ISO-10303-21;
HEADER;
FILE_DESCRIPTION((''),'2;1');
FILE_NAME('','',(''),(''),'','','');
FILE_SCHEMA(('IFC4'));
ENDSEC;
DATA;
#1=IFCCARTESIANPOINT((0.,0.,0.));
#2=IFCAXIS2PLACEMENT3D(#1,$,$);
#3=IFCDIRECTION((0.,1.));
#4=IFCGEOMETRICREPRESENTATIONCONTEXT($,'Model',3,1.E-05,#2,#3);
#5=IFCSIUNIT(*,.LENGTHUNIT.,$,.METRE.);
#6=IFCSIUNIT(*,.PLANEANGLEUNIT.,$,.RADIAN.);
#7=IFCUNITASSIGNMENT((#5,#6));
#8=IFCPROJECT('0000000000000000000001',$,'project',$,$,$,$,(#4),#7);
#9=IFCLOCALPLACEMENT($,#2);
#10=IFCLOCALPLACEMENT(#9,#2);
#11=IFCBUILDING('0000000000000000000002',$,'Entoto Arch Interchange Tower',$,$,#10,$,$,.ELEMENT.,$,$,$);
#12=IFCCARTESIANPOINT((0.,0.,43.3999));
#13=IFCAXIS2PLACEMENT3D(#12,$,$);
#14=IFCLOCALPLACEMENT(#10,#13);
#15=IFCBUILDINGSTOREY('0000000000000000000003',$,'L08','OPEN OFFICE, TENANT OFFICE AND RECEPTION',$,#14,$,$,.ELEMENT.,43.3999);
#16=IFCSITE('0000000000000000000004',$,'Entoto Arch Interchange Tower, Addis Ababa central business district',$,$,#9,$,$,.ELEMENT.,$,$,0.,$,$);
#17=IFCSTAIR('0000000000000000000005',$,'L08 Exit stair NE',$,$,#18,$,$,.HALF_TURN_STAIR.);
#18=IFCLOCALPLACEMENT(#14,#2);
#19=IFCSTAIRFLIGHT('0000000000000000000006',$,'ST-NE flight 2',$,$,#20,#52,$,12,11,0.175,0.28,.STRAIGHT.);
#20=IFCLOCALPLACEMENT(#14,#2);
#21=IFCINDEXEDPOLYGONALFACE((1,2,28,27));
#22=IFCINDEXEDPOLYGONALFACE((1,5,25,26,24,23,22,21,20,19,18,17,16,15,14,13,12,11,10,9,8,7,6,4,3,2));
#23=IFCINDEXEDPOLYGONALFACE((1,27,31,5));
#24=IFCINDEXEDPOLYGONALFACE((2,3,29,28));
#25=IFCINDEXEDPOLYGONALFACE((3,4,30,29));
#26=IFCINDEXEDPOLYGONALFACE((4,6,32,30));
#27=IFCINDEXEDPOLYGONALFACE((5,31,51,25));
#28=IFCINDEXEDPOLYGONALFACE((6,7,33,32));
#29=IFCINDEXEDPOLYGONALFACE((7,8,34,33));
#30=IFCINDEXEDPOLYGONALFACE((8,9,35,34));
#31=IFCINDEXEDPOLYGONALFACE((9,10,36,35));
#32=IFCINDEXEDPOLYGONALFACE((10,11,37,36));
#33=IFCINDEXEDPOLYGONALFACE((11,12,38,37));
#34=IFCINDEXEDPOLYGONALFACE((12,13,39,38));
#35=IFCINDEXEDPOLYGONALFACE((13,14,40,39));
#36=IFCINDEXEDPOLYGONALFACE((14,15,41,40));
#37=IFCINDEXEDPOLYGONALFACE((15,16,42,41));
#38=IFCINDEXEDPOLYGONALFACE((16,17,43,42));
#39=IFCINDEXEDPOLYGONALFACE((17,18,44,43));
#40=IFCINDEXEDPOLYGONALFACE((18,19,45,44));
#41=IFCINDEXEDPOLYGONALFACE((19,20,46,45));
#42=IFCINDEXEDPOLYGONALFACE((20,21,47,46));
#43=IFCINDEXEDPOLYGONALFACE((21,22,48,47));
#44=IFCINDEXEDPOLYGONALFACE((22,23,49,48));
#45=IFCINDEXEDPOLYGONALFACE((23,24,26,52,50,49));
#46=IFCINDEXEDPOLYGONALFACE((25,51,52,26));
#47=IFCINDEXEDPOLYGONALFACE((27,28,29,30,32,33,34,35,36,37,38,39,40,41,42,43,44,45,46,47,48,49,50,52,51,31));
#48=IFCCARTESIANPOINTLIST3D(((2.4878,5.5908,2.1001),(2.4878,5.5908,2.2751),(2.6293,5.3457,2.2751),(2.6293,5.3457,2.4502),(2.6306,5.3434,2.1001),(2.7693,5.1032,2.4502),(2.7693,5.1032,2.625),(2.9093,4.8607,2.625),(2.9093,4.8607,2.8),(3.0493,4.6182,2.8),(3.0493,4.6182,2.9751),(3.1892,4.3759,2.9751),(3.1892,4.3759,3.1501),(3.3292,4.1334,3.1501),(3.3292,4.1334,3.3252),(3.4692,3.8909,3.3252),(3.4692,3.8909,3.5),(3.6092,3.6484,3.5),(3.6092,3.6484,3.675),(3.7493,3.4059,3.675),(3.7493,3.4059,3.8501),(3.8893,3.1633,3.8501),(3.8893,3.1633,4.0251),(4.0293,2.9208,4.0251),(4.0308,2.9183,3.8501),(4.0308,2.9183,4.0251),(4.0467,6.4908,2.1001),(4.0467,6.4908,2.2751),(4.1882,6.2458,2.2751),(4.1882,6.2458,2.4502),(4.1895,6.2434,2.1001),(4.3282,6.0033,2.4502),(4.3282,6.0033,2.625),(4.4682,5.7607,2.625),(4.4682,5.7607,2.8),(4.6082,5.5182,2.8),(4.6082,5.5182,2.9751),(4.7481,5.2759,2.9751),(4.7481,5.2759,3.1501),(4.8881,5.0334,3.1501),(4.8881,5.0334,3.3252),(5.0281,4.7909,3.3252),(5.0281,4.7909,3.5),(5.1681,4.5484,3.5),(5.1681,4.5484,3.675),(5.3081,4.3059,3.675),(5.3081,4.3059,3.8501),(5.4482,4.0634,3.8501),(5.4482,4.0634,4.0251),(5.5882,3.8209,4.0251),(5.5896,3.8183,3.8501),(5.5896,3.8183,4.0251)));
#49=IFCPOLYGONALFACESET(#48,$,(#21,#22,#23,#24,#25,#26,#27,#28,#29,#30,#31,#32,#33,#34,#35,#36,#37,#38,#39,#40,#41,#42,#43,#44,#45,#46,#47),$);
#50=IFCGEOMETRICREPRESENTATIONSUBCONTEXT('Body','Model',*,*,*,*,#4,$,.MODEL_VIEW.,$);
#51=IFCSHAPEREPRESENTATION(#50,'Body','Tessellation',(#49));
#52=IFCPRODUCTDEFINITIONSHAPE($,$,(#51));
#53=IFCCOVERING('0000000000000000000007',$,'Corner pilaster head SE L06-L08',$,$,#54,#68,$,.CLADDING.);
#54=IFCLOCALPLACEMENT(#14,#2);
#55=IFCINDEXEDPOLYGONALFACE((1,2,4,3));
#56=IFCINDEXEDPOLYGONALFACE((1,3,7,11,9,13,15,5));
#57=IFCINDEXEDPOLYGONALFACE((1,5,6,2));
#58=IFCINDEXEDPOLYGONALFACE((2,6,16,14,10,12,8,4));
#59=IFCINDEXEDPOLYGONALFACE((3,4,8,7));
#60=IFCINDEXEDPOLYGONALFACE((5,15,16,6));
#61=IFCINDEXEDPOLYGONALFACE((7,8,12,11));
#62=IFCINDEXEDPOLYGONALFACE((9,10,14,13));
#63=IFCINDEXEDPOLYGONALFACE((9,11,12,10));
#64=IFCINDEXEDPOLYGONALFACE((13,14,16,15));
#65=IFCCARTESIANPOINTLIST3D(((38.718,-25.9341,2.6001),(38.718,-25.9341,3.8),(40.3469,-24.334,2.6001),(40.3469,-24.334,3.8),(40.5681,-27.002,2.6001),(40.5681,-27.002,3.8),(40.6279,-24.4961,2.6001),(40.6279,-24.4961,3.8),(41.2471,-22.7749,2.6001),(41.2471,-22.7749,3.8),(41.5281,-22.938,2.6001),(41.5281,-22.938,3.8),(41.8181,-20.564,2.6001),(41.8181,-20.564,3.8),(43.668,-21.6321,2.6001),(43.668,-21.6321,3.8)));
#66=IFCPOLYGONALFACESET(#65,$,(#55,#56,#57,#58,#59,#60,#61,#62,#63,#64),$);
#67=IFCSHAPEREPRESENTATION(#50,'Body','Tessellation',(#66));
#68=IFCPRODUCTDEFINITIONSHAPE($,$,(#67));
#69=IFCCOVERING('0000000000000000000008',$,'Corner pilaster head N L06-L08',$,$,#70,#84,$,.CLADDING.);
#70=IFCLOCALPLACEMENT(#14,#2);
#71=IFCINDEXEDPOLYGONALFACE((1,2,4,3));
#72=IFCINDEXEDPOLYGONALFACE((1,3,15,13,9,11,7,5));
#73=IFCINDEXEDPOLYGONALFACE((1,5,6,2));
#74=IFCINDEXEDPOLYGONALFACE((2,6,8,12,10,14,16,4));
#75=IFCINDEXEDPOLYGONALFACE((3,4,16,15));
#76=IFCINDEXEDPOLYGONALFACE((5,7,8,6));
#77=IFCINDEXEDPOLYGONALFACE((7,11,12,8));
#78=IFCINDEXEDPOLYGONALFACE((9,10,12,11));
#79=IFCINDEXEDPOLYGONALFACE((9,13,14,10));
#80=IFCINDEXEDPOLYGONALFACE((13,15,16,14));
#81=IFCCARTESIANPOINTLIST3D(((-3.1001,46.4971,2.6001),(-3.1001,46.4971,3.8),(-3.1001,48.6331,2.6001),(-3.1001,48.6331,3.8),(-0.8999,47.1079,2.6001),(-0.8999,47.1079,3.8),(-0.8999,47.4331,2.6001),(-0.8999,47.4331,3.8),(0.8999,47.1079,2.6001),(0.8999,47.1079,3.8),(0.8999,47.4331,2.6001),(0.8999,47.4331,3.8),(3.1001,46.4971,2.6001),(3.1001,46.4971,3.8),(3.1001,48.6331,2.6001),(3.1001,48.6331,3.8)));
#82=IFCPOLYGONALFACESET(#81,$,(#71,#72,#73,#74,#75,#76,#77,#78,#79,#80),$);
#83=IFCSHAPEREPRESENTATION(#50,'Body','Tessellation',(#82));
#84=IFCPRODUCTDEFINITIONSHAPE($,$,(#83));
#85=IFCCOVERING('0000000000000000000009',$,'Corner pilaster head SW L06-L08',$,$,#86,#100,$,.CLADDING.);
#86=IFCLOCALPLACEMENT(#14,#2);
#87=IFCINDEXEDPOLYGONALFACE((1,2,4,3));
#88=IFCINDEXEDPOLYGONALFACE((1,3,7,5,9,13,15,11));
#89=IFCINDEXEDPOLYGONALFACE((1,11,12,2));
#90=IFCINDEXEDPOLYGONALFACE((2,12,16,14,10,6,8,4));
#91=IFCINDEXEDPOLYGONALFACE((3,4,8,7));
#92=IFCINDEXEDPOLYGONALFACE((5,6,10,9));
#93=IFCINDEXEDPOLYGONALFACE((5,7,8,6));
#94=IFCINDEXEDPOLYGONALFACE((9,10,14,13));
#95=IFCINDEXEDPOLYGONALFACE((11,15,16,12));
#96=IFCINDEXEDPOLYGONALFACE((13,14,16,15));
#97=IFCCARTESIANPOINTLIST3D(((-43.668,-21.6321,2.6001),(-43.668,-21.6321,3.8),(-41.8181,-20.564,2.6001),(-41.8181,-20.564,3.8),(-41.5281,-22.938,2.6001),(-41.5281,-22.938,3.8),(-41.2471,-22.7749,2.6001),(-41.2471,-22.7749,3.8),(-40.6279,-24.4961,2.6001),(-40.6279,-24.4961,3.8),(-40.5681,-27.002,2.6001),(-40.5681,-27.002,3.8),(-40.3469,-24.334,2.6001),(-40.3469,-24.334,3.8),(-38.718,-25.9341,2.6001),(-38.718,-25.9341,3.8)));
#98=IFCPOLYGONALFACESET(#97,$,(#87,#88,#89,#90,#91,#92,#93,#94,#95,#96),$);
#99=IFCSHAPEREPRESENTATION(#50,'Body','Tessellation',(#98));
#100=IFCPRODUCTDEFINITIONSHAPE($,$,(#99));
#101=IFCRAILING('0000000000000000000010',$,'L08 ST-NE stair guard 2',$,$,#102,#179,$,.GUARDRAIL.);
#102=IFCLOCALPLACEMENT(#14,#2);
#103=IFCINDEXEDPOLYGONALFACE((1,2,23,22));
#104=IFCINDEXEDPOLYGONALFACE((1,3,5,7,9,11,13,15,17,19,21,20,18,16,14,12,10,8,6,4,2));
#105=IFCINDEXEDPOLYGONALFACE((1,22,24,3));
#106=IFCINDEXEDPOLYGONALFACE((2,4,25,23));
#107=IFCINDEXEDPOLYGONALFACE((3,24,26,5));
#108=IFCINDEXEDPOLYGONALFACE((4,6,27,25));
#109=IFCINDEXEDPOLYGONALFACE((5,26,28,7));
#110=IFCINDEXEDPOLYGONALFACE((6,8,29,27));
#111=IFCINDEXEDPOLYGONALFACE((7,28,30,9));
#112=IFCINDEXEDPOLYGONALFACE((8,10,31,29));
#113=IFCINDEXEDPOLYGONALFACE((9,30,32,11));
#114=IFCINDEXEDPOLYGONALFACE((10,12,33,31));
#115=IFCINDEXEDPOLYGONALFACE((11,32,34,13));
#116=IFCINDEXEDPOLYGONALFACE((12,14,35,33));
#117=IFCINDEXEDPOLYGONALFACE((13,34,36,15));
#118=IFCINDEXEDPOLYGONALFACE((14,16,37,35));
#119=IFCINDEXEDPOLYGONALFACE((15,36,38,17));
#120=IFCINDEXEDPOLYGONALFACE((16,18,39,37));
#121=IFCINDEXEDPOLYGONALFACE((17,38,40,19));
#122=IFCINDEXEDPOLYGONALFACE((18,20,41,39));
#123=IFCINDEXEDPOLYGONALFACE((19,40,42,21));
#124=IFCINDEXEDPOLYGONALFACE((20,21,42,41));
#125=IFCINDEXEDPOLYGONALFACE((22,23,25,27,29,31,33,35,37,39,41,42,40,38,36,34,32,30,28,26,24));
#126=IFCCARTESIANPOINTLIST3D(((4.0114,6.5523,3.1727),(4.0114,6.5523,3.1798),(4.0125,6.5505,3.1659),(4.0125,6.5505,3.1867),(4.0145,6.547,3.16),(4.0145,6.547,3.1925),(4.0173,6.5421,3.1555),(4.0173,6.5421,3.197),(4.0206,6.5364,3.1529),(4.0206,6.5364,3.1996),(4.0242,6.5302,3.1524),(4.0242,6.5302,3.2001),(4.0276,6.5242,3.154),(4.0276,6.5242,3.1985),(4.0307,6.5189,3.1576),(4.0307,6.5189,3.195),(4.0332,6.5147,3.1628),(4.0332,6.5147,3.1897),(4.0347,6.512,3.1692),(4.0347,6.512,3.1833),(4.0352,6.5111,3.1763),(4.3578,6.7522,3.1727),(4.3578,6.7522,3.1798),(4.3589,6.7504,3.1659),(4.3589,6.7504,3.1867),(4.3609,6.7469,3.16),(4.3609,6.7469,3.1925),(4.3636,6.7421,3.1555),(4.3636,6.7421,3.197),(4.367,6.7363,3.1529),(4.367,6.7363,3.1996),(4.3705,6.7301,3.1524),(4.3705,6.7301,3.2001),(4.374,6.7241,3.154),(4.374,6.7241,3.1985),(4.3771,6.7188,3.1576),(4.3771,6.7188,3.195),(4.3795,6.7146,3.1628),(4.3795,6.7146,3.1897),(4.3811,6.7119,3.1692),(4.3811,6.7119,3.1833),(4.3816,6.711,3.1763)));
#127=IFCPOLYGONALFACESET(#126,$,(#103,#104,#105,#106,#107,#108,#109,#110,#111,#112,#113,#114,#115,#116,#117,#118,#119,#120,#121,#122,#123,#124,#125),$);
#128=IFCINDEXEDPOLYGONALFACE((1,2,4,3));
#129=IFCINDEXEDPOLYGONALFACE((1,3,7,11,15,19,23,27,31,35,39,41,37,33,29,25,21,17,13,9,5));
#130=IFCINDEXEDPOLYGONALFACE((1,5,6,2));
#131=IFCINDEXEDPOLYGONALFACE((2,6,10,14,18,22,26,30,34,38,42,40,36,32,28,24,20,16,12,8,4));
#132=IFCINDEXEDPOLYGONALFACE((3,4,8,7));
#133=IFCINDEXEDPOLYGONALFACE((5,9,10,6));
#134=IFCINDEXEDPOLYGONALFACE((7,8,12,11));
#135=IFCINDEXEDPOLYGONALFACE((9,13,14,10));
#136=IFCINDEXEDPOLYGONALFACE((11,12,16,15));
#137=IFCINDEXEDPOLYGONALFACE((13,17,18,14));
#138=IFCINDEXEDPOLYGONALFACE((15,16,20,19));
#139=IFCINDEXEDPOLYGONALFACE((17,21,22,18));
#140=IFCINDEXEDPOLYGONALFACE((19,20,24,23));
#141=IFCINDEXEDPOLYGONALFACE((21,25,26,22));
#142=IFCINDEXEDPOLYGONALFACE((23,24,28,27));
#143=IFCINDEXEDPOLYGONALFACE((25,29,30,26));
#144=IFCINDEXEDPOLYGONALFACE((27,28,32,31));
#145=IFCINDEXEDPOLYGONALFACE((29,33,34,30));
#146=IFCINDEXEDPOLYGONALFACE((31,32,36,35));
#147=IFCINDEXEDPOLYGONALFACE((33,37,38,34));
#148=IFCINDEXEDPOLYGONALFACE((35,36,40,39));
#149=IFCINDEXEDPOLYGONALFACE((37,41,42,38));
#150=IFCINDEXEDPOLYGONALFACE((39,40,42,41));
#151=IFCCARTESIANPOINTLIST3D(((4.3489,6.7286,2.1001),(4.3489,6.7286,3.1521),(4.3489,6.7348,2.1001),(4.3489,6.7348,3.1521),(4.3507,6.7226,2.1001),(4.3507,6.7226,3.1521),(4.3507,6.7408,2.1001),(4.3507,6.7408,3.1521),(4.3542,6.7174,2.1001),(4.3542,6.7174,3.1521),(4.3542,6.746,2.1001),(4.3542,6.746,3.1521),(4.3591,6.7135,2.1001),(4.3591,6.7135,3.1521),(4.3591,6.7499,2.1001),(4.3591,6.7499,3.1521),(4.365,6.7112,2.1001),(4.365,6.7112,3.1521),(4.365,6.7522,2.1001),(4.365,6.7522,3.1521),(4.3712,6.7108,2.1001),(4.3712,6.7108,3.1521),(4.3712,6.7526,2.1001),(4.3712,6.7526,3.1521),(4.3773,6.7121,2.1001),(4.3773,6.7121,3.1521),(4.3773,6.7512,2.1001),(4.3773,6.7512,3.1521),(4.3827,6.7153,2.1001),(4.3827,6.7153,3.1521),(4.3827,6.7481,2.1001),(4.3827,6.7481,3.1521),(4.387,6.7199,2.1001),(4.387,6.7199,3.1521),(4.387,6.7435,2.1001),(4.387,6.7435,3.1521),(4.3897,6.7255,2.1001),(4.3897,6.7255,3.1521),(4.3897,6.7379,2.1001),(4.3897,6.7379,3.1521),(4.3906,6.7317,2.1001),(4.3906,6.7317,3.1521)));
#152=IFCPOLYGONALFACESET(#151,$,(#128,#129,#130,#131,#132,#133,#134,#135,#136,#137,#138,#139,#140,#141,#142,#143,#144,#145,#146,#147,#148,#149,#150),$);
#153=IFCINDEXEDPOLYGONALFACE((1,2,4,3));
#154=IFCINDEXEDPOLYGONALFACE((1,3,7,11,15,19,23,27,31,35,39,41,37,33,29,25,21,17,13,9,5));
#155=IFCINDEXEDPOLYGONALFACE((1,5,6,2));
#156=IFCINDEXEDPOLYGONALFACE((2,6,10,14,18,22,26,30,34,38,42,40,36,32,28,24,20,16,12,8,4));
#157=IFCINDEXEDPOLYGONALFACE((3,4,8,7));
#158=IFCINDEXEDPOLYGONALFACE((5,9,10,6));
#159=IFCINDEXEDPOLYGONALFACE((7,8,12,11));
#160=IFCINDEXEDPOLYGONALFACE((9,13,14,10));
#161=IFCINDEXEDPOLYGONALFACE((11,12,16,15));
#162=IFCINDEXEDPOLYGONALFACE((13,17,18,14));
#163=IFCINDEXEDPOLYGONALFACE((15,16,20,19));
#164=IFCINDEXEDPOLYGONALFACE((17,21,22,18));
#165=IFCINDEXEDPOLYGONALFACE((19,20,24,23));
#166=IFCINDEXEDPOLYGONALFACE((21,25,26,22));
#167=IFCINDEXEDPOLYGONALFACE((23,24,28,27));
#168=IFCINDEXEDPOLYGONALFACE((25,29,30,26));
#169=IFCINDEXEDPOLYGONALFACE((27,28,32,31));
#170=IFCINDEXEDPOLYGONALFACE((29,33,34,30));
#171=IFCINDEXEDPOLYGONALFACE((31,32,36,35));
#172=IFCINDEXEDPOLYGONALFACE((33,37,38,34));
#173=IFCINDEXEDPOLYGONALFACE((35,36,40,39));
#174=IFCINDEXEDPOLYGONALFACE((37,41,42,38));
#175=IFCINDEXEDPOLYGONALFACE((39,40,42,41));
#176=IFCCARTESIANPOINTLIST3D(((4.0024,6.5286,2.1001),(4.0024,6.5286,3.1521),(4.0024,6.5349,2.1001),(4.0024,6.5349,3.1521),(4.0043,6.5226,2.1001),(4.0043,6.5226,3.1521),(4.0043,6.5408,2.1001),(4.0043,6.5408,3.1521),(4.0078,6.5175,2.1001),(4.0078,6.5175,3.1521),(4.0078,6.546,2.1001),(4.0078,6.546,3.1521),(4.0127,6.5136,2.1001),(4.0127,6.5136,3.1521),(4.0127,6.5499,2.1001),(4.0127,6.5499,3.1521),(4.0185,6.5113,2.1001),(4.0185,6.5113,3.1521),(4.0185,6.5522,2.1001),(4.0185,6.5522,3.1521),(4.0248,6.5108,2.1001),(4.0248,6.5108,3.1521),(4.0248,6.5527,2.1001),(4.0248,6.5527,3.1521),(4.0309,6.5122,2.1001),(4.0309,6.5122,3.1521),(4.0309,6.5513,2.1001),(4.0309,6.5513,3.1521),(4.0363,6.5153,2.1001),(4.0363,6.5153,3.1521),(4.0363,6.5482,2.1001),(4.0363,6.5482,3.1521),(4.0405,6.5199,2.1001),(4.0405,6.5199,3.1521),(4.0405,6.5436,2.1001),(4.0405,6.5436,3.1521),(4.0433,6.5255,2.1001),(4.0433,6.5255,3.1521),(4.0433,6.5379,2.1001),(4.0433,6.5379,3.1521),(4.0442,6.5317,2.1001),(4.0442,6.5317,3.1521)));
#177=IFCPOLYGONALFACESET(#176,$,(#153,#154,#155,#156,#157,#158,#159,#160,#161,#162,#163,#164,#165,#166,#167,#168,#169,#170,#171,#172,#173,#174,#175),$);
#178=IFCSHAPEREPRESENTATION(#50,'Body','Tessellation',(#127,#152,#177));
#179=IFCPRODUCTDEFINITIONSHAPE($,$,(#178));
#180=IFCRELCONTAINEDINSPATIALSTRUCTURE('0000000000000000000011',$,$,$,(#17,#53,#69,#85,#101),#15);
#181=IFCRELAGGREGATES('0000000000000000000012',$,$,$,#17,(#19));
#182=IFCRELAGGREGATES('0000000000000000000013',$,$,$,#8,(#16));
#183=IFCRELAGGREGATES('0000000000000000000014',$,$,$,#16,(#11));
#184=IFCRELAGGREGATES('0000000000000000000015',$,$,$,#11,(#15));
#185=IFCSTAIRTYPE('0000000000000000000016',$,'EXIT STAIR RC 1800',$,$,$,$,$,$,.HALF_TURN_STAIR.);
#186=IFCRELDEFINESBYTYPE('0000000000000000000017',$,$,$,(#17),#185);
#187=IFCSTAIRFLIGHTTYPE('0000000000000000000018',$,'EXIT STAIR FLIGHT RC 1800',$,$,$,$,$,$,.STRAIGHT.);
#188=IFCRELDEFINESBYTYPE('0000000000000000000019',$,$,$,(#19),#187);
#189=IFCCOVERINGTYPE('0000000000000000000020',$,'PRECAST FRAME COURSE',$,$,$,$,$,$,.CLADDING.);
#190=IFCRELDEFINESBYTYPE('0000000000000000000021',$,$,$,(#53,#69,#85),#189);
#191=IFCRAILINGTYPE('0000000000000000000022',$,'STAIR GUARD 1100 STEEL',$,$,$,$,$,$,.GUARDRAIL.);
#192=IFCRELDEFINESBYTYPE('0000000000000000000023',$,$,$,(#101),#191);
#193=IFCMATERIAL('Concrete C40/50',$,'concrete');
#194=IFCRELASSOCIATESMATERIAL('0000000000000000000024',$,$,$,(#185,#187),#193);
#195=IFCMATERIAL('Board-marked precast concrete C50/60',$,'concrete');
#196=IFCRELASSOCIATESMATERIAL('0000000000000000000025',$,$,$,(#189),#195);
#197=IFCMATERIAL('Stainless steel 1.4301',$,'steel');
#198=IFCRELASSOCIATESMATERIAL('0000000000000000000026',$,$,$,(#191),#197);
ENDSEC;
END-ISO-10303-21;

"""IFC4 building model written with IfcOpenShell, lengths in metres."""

from ifc_helpers import new_model, si_unit, direction, frame, origin, origin_2d, place, context, subcontext, project, spatial, polyline, circle, outline, extrude, material, type_object, element, aggregate, save


model = new_model("IFC4")

# Units and contexts
model_context = context("Model", 3, precision=1e-05, world=origin(), true_north=direction((0.0, 1.0)))
body_context = subcontext(model_context, "Body", "Model", "MODEL_VIEW")
ifc_project = project(units=[si_unit("LENGTHUNIT", "METRE"), si_unit("PLANEANGLEUNIT", "RADIAN")], contexts=[model_context])

# Site, building, storey
site_placement = place(None, origin())
site = spatial("IfcSite", under=ifc_project, at=site_placement, Name="Entoto Arch Interchange Tower, Addis Ababa central business district", CompositionType="ELEMENT", RefElevation=0.0)
building_placement = place(site_placement, origin())
building = spatial("IfcBuilding", under=site, at=building_placement, Name="Entoto Arch Interchange Tower", CompositionType="ELEMENT")
storey_placement = place(building_placement, frame((0.0, 0.0, 43.3999)))
storey = spatial("IfcBuildingStorey", under=building, at=storey_placement, Name="L08", Description="OPEN OFFICE, TENANT OFFICE AND RECEPTION", CompositionType="ELEMENT", Elevation=43.3999)

# Shared definitions
ifc_material_1 = material(Name="Board-marked precast concrete C50/60", Category="concrete")
ifc_material_2 = material(Name="Concrete C40/50", Category="concrete")

# Stair
stair_type = type_object("IfcStairType", Name="EXIT STAIR RC 1800", PredefinedType="HALF_TURN_STAIR", material=ifc_material_2)
stair_1_placement = place(storey_placement, origin())
stair_1 = element("IfcStair", 1, at=stair_1_placement, inside=storey, type_object=stair_type, Name="L08 Exit stair NE", PredefinedType="HALF_TURN_STAIR")

# Stair flight
stair_flight_type = type_object("IfcStairFlightType", Name="EXIT STAIR FLIGHT RC 1800", PredefinedType="STRAIGHT", material=ifc_material_2)
stair_flight_placement = place(storey_placement, frame((3.2688, 6.0383, 2.1001), z_axis=(0.0, 0.0, 1.0), x_axis=(0.5, -0.866025, 0.0)))
stair_flight = element("IfcStairFlight", 2, at=stair_flight_placement, type_object=stair_flight_type, Name="ST-NE flight 2", NumberOfRisers=12, NumberOfTreads=11, PredefinedType="STRAIGHT", RiserHeight=0.175, TreadLength=0.28, context=body_context, shape_type="SweptSolid", body=[
    extrude(outline(polyline([(-0.0029, 0.0), (-0.0029, 0.175), (0.28, 0.175), (0.28, 0.3501), (0.5601, 0.3501), (0.5601, 0.5249), (0.8401, 0.5249), (0.8401, 0.7), (1.1201, 0.7), (1.1201, 0.875), (1.3999, 0.875), (1.3999, 1.05), (1.6799, 1.05), (1.6799, 1.2251), (1.96, 1.2251), (1.96, 1.3999), (2.24, 1.3999), (2.24, 1.575), (2.52, 1.575), (2.52, 1.75), (2.8, 1.75), (2.8, 1.925), (3.0801, 1.925), (3.083, 1.925), (3.083, 1.75), (0.2827, 0.0), (-0.0029, 0.0)])), frame((0.0, 0.8999, 0.0), z_axis=(0.0, -1.0, 0.0), x_axis=(1.0, 0.0, 0.0)), (0.0, 0.0, 1.0), 1.8),
])
aggregate(stair_1, [stair_flight])

# Coverings
covering_type = type_object("IfcCoveringType", Name="PRECAST FRAME COURSE", PredefinedType="CLADDING", material=ifc_material_1)
covering_1_placement = place(storey_placement, frame((0.0, 0.0, 2.6001)))
element("IfcCovering", 3, at=covering_1_placement, inside=storey, type_object=covering_type, Name="Corner pilaster head SE L06-L08", PredefinedType="CLADDING", context=body_context, shape_type="SweptSolid", body=[
    extrude(outline(polyline([(43.668, -21.6321), (40.5681, -27.002), (38.718, -25.9341), (40.3469, -24.334), (40.6279, -24.4961), (41.5281, -22.938), (41.2471, -22.7749), (41.8181, -20.564), (43.668, -21.6321)])), origin(), (0.0, 0.0, 1.0), 1.2),
])
covering_2_placement = place(storey_placement, frame((0.0, 0.0, 2.6001)))
element("IfcCovering", 4, at=covering_2_placement, inside=storey, type_object=covering_type, Name="Corner pilaster head N L06-L08", PredefinedType="CLADDING", context=body_context, shape_type="SweptSolid", body=[
    extrude(outline(polyline([(-3.1001, 48.6331), (3.1001, 48.6331), (3.1001, 46.4971), (0.8999, 47.1079), (0.8999, 47.4331), (-0.8999, 47.4331), (-0.8999, 47.1079), (-3.1001, 46.4971), (-3.1001, 48.6331)])), origin(), (0.0, 0.0, 1.0), 1.2),
])
covering_3_placement = place(storey_placement, frame((0.0, 0.0, 2.6001)))
element("IfcCovering", 5, at=covering_3_placement, inside=storey, type_object=covering_type, Name="Corner pilaster head SW L06-L08", PredefinedType="CLADDING", context=body_context, shape_type="SweptSolid", body=[
    extrude(outline(polyline([(-40.5681, -27.002), (-43.668, -21.6321), (-41.8181, -20.564), (-41.2471, -22.7749), (-41.5281, -22.938), (-40.6279, -24.4961), (-40.3469, -24.334), (-38.718, -25.9341), (-40.5681, -27.002)])), origin(), (0.0, 0.0, 1.0), 1.2),
])

# Railing
ifc_material_3 = material(Name="Stainless steel 1.4301", Category="steel")
railing_type_1 = type_object("IfcRailingType", Name="STAIR GUARD 1100 STEEL", PredefinedType="GUARDRAIL", material=ifc_material_3)
railing_1_placement = place(storey_placement, frame((4.3696, 6.7317, 2.1001)))
element("IfcRailing", 6, at=railing_1_placement, inside=storey, type_object=railing_type_1, Name="L08 ST-NE stair guard 2", PredefinedType="GUARDRAIL", context=body_context, shape_type="SweptSolid", body=[
    extrude(circle(Radius=0.0239, at=origin_2d()), frame((0.0, 0.0, 1.0762), z_axis=(-0.866094, -0.499881, 0.0), x_axis=(0.499881, -0.866094, 0.0)), (0.0, 0.0, 1.0), 0.3999),
    extrude(circle(Radius=0.021, at=origin_2d()), origin(), (0.0, 0.0, 1.0), 1.052),
    extrude(circle(Radius=0.021, at=origin_2d()), frame((-0.3464, -0.2, 0.0)), (0.0, 0.0, 1.0), 1.052),
])

save(model, "model.ifc")
